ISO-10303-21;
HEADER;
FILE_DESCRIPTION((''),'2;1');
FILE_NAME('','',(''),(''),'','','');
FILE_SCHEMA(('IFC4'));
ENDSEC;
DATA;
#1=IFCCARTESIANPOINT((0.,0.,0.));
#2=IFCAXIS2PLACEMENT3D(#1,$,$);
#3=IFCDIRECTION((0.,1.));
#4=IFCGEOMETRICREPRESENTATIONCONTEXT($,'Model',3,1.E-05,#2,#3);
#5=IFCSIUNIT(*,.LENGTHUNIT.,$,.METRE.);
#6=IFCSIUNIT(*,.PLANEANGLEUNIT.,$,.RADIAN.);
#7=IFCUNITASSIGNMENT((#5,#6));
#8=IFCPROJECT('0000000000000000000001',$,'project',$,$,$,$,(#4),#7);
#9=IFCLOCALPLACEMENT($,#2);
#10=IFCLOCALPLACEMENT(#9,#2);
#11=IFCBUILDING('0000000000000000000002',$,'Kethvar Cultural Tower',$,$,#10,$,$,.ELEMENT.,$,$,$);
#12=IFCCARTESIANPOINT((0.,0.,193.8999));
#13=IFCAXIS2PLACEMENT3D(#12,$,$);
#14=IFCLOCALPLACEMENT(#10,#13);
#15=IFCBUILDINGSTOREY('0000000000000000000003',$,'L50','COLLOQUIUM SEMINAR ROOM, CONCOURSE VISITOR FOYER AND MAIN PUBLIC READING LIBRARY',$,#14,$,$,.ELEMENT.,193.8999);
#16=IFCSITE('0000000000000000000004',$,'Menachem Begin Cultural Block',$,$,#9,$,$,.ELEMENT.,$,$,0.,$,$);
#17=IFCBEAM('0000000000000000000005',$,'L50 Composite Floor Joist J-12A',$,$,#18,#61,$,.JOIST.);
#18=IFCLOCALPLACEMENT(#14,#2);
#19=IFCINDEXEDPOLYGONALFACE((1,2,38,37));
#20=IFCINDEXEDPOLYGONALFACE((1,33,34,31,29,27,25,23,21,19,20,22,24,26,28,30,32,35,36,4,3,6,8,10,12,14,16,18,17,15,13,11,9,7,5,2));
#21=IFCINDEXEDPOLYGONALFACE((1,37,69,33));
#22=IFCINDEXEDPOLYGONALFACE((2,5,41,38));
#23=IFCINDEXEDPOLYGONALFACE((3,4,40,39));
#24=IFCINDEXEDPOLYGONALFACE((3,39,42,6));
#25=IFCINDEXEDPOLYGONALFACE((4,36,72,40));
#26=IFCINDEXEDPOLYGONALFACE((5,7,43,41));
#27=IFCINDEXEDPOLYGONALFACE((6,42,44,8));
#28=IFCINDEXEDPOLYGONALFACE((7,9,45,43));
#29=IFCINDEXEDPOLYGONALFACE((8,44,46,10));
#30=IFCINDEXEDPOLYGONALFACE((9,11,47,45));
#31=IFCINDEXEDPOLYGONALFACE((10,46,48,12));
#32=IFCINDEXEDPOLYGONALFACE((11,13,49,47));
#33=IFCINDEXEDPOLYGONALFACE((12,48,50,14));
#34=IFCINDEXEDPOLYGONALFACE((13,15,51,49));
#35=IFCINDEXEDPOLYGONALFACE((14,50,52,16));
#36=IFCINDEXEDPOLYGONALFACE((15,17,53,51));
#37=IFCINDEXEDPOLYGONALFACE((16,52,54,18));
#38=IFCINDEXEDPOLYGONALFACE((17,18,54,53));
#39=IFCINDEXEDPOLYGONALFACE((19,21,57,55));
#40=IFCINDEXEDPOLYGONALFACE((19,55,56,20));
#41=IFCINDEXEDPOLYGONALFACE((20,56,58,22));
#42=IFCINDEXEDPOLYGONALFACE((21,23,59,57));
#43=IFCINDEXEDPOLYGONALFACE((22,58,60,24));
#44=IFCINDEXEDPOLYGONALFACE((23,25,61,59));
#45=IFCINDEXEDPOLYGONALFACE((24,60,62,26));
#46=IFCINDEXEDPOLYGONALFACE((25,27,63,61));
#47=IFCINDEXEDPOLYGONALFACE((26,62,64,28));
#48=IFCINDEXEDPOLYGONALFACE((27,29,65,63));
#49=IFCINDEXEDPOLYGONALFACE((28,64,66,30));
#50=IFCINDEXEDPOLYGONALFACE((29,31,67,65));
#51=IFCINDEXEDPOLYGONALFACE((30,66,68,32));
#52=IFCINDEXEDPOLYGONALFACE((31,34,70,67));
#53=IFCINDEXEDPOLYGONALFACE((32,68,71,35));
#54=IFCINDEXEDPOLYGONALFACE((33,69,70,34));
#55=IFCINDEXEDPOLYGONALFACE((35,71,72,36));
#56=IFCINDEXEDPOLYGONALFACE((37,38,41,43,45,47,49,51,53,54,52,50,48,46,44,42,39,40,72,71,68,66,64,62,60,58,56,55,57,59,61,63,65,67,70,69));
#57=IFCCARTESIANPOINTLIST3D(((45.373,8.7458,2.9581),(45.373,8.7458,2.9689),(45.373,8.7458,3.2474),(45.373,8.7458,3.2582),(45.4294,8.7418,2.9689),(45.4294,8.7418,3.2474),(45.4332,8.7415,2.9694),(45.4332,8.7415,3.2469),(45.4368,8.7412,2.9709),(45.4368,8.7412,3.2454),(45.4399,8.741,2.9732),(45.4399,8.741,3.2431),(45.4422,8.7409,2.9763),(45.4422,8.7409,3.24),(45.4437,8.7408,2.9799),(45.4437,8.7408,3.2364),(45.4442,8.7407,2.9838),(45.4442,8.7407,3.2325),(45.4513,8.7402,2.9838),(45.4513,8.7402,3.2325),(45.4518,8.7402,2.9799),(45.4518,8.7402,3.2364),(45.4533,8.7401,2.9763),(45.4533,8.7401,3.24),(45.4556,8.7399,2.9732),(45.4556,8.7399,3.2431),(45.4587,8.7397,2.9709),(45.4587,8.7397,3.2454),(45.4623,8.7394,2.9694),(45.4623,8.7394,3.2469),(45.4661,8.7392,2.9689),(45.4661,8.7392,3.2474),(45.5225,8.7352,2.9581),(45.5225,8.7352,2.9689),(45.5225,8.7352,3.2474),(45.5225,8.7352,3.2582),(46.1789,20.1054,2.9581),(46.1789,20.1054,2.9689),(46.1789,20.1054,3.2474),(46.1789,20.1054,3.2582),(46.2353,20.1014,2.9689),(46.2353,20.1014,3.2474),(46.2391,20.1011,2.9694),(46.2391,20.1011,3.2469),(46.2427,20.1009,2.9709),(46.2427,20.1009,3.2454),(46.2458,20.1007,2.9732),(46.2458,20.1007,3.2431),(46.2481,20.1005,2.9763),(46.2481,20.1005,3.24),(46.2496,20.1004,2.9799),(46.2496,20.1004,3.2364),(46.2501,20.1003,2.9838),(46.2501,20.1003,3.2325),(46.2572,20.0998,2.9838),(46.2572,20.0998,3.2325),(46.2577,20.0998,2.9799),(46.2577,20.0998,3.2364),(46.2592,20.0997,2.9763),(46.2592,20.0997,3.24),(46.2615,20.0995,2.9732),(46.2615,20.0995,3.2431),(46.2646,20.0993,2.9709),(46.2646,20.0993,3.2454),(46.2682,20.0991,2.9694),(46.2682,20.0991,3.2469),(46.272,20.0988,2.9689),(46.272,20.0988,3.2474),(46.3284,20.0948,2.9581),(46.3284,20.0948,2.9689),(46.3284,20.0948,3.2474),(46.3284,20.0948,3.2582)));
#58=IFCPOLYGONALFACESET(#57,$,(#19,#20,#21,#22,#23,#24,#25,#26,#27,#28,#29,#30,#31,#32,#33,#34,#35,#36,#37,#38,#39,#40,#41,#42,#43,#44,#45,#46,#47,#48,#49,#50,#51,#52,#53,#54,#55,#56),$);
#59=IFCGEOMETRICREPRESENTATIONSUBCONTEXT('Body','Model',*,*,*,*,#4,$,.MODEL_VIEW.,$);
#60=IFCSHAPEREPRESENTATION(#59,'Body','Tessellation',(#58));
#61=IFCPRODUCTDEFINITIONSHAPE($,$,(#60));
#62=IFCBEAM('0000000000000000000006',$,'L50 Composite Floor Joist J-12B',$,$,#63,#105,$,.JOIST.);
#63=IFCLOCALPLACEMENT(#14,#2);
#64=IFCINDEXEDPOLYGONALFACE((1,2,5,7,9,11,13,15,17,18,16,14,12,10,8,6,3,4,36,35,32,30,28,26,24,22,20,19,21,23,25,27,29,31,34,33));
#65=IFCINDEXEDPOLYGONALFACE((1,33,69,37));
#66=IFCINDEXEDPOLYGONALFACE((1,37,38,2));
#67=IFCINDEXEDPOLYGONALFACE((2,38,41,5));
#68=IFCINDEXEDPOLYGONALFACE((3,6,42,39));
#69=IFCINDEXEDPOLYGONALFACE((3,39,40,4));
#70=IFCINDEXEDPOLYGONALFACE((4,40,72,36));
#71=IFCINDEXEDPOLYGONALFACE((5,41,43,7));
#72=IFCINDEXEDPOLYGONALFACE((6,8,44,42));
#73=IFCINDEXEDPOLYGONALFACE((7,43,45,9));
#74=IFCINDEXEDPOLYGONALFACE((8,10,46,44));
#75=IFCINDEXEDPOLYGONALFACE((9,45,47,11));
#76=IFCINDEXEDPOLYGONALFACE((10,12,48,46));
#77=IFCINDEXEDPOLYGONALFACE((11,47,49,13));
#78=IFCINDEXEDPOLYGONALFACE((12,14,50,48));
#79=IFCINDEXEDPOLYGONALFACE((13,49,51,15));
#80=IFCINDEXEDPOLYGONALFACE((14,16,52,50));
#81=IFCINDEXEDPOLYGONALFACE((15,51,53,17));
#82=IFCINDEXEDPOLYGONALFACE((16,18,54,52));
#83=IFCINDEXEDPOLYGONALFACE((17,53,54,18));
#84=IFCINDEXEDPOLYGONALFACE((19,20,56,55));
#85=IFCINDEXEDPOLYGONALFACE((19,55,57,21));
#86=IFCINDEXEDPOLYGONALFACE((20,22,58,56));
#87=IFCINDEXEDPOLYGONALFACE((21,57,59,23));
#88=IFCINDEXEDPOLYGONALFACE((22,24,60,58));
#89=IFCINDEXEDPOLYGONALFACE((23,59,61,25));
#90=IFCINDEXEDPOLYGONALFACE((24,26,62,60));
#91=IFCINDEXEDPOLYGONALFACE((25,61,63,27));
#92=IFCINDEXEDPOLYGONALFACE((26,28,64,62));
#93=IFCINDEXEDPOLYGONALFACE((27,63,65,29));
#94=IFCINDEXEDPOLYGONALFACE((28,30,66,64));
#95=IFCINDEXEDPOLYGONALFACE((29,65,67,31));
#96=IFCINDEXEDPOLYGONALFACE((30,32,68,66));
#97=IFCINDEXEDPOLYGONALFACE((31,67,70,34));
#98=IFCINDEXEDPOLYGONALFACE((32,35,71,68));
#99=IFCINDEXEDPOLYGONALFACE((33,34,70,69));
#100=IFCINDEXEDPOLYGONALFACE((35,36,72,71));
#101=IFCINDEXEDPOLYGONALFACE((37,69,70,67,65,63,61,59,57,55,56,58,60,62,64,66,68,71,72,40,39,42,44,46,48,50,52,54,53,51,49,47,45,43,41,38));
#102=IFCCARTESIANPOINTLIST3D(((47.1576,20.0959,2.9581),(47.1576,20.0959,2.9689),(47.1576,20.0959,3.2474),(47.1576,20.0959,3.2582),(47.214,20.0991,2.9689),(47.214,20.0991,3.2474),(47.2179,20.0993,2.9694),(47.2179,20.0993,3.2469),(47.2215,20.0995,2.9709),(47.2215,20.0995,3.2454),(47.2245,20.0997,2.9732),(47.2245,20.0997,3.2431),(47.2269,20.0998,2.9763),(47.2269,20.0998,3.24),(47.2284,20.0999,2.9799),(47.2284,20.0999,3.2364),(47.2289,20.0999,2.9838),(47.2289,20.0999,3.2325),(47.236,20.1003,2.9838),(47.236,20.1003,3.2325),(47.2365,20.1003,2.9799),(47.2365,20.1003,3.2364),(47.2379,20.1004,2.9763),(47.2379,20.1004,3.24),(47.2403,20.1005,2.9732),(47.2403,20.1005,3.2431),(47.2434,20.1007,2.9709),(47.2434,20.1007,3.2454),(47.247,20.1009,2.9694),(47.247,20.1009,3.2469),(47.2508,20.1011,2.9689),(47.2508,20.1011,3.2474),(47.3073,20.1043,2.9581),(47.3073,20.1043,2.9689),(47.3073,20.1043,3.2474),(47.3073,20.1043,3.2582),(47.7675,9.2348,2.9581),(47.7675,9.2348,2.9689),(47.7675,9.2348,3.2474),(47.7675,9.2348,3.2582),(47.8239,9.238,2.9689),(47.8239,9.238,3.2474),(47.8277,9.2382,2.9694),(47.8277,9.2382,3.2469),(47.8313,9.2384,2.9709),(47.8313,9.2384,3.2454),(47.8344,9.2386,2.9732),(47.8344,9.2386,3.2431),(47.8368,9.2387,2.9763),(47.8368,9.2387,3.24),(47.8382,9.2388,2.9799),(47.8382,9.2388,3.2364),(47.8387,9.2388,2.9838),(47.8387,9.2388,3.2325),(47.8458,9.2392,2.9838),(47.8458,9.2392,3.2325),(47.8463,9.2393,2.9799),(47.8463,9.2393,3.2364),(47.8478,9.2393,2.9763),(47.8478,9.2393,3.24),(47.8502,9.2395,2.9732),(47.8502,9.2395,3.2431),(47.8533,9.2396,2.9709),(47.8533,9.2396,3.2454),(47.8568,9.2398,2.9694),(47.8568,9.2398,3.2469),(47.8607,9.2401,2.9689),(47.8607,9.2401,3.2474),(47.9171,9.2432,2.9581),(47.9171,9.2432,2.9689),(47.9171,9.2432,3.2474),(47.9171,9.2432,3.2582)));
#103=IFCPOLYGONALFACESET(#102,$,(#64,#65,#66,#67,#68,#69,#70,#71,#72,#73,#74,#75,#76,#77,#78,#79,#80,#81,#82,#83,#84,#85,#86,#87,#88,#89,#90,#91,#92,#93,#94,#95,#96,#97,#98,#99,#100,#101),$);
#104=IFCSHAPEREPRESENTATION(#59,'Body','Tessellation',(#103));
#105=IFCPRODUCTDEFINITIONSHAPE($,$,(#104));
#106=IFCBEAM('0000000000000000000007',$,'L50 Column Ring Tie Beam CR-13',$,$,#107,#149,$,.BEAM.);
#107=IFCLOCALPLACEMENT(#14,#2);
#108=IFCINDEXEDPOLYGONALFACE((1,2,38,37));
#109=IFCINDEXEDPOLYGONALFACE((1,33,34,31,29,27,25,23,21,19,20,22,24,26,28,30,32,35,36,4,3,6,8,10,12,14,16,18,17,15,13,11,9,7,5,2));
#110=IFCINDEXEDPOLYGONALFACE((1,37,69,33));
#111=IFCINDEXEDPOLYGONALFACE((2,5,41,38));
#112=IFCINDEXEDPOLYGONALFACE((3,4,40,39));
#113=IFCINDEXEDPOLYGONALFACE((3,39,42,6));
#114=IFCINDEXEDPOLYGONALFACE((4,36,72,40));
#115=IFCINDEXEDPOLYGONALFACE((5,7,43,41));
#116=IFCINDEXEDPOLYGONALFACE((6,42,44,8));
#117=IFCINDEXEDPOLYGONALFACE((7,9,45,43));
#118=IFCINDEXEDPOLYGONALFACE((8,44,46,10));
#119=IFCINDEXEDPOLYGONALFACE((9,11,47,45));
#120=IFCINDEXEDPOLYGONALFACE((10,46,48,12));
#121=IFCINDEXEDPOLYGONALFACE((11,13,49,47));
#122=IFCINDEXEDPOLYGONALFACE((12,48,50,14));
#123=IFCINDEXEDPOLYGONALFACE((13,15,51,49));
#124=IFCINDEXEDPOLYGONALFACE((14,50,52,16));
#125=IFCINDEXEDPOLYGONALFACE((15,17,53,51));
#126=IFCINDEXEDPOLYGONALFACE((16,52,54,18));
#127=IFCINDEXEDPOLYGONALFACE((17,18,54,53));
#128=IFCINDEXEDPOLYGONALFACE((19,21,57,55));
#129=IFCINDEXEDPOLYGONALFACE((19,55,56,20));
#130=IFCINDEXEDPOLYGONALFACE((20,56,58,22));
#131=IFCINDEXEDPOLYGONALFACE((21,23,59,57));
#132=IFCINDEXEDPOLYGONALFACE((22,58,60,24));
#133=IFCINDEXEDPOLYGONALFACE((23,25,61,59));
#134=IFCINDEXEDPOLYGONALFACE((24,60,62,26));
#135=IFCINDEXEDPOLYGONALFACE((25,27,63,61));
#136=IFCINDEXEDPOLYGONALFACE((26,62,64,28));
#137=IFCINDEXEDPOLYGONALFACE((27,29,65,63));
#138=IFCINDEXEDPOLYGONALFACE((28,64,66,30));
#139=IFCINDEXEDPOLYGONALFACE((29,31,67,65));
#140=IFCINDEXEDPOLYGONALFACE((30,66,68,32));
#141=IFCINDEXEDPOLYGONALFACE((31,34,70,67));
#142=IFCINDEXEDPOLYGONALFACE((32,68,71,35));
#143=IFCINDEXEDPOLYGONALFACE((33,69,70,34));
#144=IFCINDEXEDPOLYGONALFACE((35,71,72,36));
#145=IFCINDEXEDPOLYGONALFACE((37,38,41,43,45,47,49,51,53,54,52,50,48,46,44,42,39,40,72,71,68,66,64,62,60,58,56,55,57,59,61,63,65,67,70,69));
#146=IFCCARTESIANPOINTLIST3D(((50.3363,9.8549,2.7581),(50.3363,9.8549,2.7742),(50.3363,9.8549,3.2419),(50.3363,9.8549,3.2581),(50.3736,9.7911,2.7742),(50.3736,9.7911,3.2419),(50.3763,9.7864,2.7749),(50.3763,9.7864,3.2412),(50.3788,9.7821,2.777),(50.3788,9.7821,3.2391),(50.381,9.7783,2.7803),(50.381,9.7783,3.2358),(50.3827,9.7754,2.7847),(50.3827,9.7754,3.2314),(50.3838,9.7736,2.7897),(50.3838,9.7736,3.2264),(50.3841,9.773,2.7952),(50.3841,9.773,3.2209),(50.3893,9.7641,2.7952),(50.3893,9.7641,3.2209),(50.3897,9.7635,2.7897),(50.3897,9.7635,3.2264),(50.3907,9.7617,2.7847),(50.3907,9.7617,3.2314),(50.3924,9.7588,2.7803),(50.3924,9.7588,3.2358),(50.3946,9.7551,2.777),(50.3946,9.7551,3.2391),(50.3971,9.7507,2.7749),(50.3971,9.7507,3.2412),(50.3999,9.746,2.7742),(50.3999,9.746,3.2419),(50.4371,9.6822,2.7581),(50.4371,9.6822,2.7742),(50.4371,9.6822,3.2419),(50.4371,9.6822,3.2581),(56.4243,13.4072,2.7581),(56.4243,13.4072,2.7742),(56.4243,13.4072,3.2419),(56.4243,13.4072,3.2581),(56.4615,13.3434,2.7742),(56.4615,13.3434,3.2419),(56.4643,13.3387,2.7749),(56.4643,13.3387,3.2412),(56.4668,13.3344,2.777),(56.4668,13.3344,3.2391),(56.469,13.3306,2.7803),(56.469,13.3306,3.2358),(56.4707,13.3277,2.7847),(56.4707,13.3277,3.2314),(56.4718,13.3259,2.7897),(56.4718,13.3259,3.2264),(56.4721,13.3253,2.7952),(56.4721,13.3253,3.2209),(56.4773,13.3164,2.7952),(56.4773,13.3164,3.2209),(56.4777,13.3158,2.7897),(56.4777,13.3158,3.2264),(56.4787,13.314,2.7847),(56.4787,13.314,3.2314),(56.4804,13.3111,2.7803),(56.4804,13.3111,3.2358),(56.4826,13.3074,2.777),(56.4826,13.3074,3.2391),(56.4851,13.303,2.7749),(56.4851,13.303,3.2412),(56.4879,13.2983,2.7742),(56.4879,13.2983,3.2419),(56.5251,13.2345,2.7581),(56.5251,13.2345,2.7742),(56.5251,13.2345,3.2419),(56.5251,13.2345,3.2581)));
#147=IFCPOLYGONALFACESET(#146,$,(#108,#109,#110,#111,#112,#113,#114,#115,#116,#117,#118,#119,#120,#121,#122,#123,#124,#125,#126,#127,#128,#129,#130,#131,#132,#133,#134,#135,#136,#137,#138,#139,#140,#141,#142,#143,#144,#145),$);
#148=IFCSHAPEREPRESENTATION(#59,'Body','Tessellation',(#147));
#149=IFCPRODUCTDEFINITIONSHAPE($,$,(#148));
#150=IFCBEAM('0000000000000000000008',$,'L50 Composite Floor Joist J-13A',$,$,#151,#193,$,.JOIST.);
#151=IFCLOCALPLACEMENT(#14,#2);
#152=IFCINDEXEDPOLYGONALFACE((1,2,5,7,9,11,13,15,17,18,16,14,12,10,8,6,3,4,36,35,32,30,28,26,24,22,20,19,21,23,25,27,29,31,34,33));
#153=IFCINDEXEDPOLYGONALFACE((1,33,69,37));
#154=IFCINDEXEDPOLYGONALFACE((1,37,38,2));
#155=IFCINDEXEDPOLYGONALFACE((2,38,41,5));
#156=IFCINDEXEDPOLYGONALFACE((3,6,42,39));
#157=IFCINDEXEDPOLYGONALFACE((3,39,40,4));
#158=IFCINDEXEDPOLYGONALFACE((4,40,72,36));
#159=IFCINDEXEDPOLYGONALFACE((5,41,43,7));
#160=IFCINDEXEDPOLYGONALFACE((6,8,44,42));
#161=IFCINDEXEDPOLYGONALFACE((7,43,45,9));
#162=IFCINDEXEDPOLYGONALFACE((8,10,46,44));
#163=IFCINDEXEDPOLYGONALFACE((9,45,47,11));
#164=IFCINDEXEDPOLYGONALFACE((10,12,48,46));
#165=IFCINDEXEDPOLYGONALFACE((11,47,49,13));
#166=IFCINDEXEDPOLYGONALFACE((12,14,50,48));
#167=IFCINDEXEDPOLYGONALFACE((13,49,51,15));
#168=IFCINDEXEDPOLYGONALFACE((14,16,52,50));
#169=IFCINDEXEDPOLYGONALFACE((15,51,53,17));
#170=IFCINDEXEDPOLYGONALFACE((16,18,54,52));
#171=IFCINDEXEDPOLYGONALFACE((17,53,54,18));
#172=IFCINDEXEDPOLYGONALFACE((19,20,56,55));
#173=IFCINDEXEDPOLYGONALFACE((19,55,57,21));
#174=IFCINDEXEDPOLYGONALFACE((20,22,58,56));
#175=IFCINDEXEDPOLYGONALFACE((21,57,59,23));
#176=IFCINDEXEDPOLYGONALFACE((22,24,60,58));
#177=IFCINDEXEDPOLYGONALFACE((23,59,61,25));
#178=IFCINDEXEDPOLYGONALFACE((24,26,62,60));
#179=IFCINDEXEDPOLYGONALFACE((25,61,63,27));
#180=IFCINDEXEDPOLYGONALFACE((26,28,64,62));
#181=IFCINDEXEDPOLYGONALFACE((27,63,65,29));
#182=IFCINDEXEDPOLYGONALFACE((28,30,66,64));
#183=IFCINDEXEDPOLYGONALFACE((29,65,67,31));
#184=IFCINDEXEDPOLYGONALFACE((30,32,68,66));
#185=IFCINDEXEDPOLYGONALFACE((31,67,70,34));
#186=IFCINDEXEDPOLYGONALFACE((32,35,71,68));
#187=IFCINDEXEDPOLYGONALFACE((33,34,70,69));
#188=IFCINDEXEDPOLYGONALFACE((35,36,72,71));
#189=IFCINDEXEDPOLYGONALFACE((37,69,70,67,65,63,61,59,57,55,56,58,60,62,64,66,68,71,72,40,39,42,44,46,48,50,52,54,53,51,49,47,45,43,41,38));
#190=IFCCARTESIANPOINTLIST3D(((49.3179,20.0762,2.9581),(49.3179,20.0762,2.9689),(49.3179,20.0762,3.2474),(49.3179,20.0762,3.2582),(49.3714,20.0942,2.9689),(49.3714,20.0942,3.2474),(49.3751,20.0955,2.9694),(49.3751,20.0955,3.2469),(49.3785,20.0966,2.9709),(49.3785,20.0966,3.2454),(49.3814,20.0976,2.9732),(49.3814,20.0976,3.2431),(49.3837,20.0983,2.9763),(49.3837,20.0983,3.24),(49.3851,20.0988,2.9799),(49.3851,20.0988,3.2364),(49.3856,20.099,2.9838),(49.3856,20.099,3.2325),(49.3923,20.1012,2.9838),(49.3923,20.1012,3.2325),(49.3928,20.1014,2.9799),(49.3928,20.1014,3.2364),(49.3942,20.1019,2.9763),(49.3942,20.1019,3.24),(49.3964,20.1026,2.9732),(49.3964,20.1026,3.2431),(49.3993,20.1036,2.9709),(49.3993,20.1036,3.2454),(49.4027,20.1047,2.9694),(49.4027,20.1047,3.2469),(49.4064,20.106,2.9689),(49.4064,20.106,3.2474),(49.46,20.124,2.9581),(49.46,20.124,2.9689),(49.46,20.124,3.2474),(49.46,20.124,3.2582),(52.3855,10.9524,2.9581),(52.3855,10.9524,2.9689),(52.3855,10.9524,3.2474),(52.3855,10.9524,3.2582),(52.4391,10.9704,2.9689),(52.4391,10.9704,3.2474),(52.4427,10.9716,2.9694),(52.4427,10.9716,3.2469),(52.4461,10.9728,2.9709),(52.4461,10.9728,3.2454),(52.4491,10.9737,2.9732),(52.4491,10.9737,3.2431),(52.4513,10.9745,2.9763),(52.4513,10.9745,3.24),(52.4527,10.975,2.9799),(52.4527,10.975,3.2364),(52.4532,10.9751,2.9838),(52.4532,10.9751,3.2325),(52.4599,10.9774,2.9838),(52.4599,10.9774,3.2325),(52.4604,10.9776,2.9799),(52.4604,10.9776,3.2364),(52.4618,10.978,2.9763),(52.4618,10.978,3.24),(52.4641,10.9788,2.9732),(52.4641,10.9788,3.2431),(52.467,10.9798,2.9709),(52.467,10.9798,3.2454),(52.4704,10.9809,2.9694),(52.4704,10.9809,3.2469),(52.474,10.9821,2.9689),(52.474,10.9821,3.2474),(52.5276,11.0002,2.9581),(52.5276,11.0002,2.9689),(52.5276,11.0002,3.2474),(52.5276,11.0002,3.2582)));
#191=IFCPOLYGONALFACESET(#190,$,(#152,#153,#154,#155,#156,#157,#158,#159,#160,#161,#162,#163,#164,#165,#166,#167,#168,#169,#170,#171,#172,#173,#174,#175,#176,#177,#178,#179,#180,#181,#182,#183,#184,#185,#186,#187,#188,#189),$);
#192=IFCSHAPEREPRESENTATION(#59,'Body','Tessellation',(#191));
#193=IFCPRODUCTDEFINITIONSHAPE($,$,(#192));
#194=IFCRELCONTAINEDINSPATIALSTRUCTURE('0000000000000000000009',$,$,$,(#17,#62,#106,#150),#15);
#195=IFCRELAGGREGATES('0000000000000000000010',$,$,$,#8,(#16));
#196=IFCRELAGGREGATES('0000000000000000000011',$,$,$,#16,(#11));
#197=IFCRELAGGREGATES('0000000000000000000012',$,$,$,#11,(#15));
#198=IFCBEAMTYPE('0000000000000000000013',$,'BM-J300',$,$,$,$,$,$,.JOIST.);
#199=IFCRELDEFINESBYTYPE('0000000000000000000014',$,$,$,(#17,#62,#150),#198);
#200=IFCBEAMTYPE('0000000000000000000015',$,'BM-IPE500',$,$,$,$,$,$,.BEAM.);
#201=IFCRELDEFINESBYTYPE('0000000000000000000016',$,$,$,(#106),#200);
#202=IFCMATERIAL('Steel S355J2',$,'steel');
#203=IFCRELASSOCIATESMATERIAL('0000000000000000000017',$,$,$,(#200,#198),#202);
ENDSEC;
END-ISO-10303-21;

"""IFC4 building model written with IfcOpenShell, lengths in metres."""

from ifc_helpers import new_model, si_unit, direction, frame, origin, origin_2d, place, context, subcontext, project, spatial, i_section, extrude, source, transform, mapped, material, material_profile, profile_set, type_object, element, save


model = new_model("IFC4")

# Units and contexts
model_context = context("Model", 3, precision=1e-05, world=origin(), true_north=direction((0.0, 1.0)))
body_context = subcontext(model_context, "Body", "Model", "MODEL_VIEW")
ifc_project = project(units=[si_unit("LENGTHUNIT", "METRE"), si_unit("PLANEANGLEUNIT", "RADIAN")], contexts=[model_context])

# Site, building, storey
site_placement = place(None, origin())
site = spatial("IfcSite", under=ifc_project, at=site_placement, Name="Menachem Begin Cultural Block", CompositionType="ELEMENT", RefElevation=0.0)
building_placement = place(site_placement, origin())
building = spatial("IfcBuilding", under=site, at=building_placement, Name="Kethvar Cultural Tower", CompositionType="ELEMENT")
storey_placement = place(building_placement, frame((0.0, 0.0, 193.8999)))
storey = spatial("IfcBuildingStorey", under=building, at=storey_placement, Name="L50", Description="COLLOQUIUM SEMINAR ROOM, CONCOURSE VISITOR FOYER AND MAIN PUBLIC READING LIBRARY", CompositionType="ELEMENT", Elevation=193.8999)

# Beams
ifc_material_1 = material(Name="Steel S355J2", Category="steel")
ifc_material_profile_1 = material_profile(ifc_material_1, i_section(OverallWidth=0.2, OverallDepth=0.5, WebThickness=0.0103, FlangeThickness=0.0161, FilletRadius=0.021, at=origin_2d()), Name="Steel S355J2 — IPE500")
ifc_profile_set_1 = profile_set([ifc_material_profile_1], Name="Steel S355J2 — IPE500")
beam_type_1 = type_object("IfcBeamType", Name="BM-IPE500", PredefinedType="BEAM", material=ifc_profile_set_1)
ifc_material_profile_2 = material_profile(ifc_material_1, i_section(OverallWidth=0.1499, OverallDepth=0.3, WebThickness=0.0071, FlangeThickness=0.0107, FilletRadius=0.0149, at=origin_2d()), Name="Steel S355J2 — IPE300")
ifc_profile_set_2 = profile_set([ifc_material_profile_2], Name="Steel S355J2 — IPE300")
beam_type_2 = type_object("IfcBeamType", Name="BM-J300", PredefinedType="JOIST", material=ifc_profile_set_2)
shared_shape_1 = source(origin(), body_context, "Body", "SweptSolid", [
    extrude(i_section(OverallWidth=0.1499, OverallDepth=0.3, WebThickness=0.0071, FlangeThickness=0.0107, FilletRadius=0.0149, at=origin_2d()), origin(), (0.0, 0.0, 1.0), 11.3882),
])
beam_1_placement = place(storey_placement, frame((46.2537, 20.1001, 3.1082), z_axis=(-0.070767, -0.997493, 0.0), x_axis=(0.997493, -0.070767, 0.0)))
element("IfcBeam", 1, at=beam_1_placement, inside=storey, type_object=beam_type_2, Name="L50 Composite Floor Joist J-12A", PredefinedType="JOIST", context=body_context, shape_type="MappedRepresentation", body=[
    mapped(shared_shape_1, transform((0.0, 0.0, 0.0), scale=1.0)),
])
shared_shape_2 = source(origin(), body_context, "Body", "SweptSolid", [
    extrude(i_section(OverallWidth=0.1499, OverallDepth=0.3, WebThickness=0.0071, FlangeThickness=0.0107, FilletRadius=0.0149, at=origin_2d()), origin(), (0.0, 0.0, 1.0), 10.8782),
])
beam_2_placement = place(storey_placement, frame((47.2324, 20.1001, 3.1082), z_axis=(0.056063, -0.998427, 0.0), x_axis=(0.998427, 0.056063, 0.0)))
element("IfcBeam", 2, at=beam_2_placement, inside=storey, type_object=beam_type_2, Name="L50 Composite Floor Joist J-12B", PredefinedType="JOIST", context=body_context, shape_type="MappedRepresentation", body=[
    mapped(shared_shape_2, transform((0.0, 0.0, 0.0), scale=1.0)),
])
shared_shape_3 = source(origin(), body_context, "Body", "SweptSolid", [
    extrude(i_section(OverallWidth=0.2, OverallDepth=0.5, WebThickness=0.0103, FlangeThickness=0.0161, FilletRadius=0.021, at=origin_2d()), origin(), (0.0, 0.0, 1.0), 7.0486),
])
beam_3_placement = place(storey_placement, frame((50.3867, 9.7686, 3.0081), z_axis=(0.863719, 0.503974, 0.0), x_axis=(-0.503974, 0.863719, 0.0)))
element("IfcBeam", 3, at=beam_3_placement, inside=storey, type_object=beam_type_1, Name="L50 Column Ring Tie Beam CR-13", PredefinedType="BEAM", context=body_context, shape_type="MappedRepresentation", body=[
    mapped(shared_shape_3, transform((0.0, 0.0, 0.0), scale=1.0)),
])
shared_shape_4 = source(origin(), body_context, "Body", "SweptSolid", [
    extrude(i_section(OverallWidth=0.1499, OverallDepth=0.3, WebThickness=0.0071, FlangeThickness=0.0107, FilletRadius=0.0149, at=origin_2d()), origin(), (0.0, 0.0, 1.0), 9.6257),
])
beam_4_placement = place(storey_placement, frame((49.3889, 20.1001, 3.1082), z_axis=(0.318692, -0.947858, 0.0), x_axis=(0.947858, 0.318692, 0.0)))
element("IfcBeam", 4, at=beam_4_placement, inside=storey, type_object=beam_type_2, Name="L50 Composite Floor Joist J-13A", PredefinedType="JOIST", context=body_context, shape_type="MappedRepresentation", body=[
    mapped(shared_shape_4, transform((0.0, 0.0, 0.0), scale=1.0)),
])

save(model, "model.ifc")
